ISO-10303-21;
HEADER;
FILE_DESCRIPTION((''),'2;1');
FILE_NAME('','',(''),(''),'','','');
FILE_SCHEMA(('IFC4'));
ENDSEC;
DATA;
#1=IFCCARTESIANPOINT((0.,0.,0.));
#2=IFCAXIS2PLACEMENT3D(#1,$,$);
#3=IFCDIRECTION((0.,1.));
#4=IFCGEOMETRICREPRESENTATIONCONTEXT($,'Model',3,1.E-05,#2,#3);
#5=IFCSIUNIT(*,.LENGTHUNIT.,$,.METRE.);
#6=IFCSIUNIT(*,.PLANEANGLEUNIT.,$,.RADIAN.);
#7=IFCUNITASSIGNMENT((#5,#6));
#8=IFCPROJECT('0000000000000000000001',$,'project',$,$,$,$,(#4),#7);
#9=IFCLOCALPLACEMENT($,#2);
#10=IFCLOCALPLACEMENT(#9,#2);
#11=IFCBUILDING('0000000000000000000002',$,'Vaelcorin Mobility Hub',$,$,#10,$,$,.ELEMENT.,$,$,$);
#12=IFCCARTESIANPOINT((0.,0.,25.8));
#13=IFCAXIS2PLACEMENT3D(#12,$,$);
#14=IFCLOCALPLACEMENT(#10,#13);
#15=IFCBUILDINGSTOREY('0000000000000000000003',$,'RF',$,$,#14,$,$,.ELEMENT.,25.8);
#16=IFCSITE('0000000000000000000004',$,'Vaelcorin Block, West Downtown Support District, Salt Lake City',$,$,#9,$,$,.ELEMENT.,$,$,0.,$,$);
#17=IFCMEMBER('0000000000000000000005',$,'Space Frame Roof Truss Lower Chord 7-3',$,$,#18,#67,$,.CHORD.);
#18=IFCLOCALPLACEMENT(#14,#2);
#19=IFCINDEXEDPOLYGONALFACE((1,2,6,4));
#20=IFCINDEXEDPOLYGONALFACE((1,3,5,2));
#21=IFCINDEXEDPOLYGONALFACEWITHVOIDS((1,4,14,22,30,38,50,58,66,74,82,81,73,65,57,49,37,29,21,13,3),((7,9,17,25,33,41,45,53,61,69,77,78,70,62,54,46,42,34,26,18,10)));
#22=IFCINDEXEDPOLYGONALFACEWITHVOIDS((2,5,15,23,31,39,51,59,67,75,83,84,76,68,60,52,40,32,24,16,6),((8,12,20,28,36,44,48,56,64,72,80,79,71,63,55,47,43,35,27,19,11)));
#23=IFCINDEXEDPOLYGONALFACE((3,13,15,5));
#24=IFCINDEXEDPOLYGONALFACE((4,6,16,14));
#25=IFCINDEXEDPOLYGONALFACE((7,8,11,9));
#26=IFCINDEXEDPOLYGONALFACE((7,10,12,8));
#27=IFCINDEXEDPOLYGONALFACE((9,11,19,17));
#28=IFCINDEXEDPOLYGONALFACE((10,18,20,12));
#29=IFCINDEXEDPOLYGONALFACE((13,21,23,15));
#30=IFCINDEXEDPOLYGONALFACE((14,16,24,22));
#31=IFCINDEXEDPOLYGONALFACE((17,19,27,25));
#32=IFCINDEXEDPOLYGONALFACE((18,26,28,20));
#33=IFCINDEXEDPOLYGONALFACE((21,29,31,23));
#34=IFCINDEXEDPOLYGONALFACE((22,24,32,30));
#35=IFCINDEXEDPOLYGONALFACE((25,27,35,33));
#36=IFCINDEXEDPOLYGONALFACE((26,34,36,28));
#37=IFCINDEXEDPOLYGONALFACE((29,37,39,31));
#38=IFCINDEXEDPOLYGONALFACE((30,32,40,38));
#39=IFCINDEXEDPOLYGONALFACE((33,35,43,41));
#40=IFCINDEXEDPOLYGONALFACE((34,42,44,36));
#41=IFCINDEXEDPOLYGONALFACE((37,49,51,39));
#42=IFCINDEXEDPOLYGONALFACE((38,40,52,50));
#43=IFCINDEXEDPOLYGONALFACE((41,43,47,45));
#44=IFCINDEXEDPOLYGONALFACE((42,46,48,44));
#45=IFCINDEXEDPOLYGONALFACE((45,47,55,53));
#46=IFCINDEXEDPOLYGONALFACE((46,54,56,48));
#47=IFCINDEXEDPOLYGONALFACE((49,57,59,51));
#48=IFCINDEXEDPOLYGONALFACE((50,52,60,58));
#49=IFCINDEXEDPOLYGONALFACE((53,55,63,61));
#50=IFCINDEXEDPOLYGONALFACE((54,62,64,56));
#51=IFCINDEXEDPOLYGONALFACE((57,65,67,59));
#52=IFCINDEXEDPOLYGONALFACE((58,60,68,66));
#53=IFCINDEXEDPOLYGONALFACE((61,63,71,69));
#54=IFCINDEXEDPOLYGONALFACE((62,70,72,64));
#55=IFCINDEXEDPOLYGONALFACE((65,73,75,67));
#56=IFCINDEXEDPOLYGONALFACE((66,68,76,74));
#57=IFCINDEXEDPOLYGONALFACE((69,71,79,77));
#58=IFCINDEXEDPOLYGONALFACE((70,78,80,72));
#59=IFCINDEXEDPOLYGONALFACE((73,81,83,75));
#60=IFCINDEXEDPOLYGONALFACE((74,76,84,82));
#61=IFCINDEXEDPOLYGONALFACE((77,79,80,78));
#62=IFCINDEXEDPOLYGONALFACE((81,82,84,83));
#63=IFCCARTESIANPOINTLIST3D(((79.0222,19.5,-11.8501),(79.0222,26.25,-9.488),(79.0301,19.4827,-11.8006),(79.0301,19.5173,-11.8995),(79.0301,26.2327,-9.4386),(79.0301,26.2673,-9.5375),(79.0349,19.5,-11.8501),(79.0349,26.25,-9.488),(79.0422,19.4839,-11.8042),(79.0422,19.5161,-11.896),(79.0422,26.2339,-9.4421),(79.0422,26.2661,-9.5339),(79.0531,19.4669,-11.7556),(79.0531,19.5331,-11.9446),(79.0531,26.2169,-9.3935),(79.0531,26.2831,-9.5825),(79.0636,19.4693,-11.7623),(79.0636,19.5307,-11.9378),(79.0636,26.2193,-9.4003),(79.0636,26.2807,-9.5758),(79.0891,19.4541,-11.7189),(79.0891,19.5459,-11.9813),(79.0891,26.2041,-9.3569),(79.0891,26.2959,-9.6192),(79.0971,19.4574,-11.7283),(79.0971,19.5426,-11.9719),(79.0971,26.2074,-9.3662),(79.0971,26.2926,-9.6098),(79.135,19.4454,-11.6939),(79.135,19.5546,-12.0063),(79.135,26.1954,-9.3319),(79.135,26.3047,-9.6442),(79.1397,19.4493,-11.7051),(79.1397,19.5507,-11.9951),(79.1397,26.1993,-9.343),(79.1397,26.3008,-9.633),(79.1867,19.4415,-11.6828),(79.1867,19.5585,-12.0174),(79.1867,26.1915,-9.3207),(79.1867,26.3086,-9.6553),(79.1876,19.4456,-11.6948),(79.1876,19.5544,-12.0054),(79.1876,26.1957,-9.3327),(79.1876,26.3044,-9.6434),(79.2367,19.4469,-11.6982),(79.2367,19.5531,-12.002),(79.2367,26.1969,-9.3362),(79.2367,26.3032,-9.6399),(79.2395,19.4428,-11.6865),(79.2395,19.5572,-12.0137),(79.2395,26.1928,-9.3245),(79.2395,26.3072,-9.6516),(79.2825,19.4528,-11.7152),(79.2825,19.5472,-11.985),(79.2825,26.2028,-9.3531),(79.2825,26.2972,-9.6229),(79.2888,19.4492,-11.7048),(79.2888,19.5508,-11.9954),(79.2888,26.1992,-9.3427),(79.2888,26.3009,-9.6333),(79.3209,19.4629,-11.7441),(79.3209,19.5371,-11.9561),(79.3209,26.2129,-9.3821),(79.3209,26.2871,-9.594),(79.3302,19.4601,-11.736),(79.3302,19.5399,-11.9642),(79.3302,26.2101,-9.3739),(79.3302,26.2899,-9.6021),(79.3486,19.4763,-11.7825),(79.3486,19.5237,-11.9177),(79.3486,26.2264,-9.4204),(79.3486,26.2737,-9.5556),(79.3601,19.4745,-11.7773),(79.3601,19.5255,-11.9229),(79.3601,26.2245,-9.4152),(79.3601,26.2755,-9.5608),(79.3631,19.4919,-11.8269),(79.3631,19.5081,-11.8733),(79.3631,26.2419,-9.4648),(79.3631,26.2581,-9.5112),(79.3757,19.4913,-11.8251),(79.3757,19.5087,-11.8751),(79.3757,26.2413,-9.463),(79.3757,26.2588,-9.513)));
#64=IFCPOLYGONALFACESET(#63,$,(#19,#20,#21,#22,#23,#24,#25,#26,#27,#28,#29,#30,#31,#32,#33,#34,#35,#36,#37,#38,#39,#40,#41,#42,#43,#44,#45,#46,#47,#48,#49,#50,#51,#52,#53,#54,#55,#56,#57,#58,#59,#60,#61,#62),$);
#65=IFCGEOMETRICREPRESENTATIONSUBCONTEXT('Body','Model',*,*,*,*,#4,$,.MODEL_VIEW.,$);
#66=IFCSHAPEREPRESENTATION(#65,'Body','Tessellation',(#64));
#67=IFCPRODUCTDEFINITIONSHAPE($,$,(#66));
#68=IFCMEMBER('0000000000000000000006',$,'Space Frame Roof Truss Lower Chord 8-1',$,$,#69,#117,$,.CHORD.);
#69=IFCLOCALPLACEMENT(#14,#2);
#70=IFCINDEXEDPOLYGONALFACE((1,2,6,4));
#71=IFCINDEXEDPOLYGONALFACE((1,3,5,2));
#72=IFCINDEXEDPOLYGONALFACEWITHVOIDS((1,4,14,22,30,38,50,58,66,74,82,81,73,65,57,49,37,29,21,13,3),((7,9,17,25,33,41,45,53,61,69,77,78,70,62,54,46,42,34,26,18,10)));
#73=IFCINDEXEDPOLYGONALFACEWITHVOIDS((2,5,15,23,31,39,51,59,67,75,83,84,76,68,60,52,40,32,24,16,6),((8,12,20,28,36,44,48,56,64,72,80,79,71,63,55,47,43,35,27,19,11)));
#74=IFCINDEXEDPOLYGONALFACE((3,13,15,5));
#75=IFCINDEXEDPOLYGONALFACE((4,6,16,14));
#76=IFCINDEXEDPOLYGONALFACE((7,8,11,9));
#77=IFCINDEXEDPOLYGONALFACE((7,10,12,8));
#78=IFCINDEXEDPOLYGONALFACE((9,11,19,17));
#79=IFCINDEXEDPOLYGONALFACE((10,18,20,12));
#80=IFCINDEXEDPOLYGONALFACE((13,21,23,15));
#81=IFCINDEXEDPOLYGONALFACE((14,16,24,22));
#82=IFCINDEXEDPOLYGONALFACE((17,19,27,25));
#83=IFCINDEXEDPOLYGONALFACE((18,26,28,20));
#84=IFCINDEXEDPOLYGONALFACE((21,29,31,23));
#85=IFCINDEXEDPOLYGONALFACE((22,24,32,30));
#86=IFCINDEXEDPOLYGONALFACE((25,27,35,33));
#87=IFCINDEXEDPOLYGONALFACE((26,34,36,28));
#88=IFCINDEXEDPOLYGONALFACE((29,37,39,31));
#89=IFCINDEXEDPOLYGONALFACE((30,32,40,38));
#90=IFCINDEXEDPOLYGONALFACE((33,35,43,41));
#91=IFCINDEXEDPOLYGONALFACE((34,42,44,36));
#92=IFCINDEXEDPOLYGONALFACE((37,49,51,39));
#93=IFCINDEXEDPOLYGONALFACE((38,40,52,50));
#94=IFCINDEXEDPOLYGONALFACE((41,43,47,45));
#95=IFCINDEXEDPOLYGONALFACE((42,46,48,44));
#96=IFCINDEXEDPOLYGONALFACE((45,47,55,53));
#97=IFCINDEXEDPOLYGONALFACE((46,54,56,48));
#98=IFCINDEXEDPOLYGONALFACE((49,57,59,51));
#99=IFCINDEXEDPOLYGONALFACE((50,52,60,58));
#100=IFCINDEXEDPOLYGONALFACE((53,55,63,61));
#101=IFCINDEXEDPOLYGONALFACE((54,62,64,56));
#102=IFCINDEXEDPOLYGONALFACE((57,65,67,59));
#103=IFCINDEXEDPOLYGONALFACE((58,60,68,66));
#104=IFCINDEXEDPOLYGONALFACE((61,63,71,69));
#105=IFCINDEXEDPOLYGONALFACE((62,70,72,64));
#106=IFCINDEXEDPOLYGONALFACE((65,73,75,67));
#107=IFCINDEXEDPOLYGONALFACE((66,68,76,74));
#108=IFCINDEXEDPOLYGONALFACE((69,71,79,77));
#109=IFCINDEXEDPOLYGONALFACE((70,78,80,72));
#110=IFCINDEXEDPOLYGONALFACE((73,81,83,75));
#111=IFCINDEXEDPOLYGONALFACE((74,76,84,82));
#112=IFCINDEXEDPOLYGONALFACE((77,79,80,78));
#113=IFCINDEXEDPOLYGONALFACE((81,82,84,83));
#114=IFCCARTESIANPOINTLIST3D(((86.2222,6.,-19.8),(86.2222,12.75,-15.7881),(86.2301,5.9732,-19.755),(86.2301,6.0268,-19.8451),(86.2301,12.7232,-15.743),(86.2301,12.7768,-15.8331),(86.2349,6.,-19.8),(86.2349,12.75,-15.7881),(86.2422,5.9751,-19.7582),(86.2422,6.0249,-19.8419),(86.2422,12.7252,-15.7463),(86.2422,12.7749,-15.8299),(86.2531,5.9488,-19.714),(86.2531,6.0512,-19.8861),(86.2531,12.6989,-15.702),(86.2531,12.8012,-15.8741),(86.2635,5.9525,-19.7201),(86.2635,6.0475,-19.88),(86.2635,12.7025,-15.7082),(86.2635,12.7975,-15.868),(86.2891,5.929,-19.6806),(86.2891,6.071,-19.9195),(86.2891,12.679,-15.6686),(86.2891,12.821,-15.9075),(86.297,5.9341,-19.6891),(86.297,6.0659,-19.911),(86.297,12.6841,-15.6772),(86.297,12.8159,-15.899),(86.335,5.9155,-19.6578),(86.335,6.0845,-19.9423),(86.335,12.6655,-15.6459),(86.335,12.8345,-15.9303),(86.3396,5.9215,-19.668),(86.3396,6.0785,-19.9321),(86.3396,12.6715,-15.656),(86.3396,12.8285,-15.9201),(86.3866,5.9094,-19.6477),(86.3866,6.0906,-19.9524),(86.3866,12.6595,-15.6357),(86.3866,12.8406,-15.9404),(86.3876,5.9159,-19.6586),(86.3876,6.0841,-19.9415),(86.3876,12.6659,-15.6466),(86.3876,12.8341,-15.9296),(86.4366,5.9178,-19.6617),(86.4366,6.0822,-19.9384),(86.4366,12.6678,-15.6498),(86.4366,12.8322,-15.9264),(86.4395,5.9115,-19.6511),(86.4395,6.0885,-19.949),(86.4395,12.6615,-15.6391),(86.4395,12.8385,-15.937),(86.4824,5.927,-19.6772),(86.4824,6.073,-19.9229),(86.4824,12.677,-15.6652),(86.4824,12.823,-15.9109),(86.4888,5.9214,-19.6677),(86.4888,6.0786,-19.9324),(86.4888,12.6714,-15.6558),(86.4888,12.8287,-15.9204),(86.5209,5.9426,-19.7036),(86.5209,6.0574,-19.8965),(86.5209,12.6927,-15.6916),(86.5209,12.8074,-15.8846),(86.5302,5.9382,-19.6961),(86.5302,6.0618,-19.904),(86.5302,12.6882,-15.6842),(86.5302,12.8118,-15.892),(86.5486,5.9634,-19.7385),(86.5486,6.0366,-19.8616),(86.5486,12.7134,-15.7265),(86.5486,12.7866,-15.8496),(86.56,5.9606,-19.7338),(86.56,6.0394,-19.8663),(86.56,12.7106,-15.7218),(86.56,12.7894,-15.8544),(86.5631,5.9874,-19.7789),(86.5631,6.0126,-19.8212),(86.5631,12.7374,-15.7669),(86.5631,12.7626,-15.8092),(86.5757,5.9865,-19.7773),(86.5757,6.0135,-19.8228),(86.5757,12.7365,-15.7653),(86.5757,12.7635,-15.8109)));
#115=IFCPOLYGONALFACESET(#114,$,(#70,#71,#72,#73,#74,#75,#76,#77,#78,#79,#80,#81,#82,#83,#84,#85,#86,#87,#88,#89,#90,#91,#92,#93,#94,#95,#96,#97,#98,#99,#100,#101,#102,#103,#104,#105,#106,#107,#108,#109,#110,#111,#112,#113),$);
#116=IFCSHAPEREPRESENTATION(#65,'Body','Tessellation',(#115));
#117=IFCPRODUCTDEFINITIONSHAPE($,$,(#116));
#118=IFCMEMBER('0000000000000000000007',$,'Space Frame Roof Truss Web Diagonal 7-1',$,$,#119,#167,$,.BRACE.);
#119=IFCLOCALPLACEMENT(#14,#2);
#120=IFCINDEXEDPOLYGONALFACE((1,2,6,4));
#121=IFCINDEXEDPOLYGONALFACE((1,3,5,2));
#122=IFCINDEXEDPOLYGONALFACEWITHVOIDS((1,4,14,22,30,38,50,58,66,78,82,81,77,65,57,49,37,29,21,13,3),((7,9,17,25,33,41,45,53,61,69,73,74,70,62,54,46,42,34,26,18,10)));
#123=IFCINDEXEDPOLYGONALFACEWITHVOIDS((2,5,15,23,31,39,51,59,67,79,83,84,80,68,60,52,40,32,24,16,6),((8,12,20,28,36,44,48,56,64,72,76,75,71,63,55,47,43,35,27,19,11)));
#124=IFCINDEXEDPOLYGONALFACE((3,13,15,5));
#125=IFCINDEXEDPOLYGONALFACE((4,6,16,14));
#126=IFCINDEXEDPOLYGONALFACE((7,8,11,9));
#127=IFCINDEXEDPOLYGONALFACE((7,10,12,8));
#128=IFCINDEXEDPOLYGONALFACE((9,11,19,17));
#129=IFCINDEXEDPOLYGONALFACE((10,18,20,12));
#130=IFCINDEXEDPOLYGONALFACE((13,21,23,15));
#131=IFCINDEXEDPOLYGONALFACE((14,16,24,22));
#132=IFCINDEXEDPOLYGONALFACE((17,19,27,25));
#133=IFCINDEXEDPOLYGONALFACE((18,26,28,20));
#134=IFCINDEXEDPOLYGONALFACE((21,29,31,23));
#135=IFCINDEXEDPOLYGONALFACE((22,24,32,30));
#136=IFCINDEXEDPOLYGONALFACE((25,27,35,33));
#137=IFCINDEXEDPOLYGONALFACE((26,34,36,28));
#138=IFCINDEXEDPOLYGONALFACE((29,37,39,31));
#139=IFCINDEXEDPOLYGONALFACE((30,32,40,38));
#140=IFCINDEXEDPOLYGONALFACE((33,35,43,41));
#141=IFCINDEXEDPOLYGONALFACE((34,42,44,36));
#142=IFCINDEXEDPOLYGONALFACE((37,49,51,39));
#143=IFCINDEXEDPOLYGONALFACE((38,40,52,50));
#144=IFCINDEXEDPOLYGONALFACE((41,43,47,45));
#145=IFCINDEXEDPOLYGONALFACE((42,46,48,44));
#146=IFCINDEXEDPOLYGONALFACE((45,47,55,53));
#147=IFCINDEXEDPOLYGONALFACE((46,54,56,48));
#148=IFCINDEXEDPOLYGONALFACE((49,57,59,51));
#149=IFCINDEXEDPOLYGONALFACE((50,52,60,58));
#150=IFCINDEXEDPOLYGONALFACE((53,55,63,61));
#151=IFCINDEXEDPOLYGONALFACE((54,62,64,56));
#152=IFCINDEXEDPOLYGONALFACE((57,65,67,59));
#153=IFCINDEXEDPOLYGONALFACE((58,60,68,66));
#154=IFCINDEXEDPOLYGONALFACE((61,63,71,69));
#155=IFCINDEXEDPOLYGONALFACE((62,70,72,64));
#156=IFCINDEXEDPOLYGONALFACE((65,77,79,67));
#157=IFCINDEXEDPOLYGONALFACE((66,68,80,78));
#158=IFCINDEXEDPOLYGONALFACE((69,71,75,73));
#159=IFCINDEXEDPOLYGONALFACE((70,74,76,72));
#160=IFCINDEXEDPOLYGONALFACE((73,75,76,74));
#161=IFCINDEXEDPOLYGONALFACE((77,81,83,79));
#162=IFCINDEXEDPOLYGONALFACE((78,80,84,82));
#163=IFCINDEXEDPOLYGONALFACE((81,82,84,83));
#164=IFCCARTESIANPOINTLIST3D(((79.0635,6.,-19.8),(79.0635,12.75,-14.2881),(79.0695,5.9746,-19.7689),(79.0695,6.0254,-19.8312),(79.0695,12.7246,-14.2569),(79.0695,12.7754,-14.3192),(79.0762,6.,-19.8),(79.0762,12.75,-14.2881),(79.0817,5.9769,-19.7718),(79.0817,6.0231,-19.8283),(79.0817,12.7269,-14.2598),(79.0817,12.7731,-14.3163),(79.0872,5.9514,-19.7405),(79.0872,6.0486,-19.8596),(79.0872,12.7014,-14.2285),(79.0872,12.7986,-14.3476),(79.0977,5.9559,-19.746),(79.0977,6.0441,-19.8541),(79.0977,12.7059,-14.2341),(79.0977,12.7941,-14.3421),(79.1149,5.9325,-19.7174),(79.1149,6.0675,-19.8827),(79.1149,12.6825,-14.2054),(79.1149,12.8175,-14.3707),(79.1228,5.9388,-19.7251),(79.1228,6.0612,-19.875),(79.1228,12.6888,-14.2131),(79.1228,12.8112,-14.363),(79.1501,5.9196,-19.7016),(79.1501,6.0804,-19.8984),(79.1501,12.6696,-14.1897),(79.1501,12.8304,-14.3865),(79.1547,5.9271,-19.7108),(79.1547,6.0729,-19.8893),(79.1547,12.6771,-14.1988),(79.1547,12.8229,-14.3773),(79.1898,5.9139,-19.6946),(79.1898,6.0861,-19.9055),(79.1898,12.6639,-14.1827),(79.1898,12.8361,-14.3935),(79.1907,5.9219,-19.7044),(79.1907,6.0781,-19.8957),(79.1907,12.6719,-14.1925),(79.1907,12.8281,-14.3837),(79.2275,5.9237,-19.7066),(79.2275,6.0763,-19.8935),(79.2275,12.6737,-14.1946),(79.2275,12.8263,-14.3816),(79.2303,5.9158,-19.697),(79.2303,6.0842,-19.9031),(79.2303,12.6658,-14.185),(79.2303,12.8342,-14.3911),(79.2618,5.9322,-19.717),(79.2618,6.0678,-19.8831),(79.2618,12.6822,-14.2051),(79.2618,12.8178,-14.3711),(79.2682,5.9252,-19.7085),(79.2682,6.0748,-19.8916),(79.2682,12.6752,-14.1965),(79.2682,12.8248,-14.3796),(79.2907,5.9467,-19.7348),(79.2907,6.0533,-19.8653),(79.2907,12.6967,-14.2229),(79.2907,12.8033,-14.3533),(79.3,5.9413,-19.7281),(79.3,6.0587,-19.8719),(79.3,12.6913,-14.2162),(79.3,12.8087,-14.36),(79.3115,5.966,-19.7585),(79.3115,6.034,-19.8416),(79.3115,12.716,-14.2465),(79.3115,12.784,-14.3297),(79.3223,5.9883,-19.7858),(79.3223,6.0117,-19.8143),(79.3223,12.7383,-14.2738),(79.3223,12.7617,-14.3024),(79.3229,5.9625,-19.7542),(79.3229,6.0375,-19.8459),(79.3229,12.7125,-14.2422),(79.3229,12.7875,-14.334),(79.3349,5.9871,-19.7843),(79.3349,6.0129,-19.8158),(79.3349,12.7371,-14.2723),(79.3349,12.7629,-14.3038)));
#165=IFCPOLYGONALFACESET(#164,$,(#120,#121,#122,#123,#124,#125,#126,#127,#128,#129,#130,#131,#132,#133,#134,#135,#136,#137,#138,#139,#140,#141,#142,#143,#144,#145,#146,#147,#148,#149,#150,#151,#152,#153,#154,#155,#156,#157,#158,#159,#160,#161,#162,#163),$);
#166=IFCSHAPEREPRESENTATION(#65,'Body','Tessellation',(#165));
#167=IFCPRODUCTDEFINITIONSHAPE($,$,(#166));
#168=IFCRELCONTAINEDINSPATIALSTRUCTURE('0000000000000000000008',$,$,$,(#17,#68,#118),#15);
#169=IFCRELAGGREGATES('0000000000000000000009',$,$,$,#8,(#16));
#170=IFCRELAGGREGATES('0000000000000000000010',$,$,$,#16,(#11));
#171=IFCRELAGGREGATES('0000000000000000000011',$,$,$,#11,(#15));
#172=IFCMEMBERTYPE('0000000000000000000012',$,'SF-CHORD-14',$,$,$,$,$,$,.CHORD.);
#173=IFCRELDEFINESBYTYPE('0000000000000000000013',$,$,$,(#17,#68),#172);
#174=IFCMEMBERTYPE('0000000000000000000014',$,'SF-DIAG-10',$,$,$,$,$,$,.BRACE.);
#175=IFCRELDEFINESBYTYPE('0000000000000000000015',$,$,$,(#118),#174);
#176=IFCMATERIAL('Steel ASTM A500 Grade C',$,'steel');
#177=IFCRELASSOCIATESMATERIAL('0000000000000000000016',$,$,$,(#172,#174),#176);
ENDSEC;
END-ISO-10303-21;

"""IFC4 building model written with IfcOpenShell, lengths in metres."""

from ifc_helpers import new_model, si_unit, direction, frame, origin, origin_2d, place, context, subcontext, project, spatial, hollow_circle, extrude, material, material_profile, profile_set, type_object, element, save


model = new_model("IFC4")

# Units and contexts
model_context = context("Model", 3, precision=1e-05, world=origin(), true_north=direction((0.0, 1.0)))
body_context = subcontext(model_context, "Body", "Model", "MODEL_VIEW")
ifc_project = project(units=[si_unit("LENGTHUNIT", "METRE"), si_unit("PLANEANGLEUNIT", "RADIAN")], contexts=[model_context])

# Site, building, storey
site_placement = place(None, origin())
site = spatial("IfcSite", under=ifc_project, at=site_placement, Name="Vaelcorin Block, West Downtown Support District, Salt Lake City", CompositionType="ELEMENT", RefElevation=0.0)
building_placement = place(site_placement, origin())
building = spatial("IfcBuilding", under=site, at=building_placement, Name="Vaelcorin Mobility Hub", CompositionType="ELEMENT")
storey_placement = place(building_placement, frame((0.0, 0.0, 25.8)))
storey = spatial("IfcBuildingStorey", under=building, at=storey_placement, Name="RF", CompositionType="ELEMENT", Elevation=25.8)

# Members
ifc_material_1 = material(Name="Steel ASTM A500 Grade C", Category="steel")
ifc_material_profile_1 = material_profile(ifc_material_1, hollow_circle(Radius=0.1777, WallThickness=0.0127, at=origin_2d()), Name="HSS14.000X0.500")
ifc_profile_set_1 = profile_set([ifc_material_profile_1], Name="Steel ASTM A500 Grade C")
member_type_1 = type_object("IfcMemberType", Name="SF-CHORD-14", PredefinedType="CHORD", material=ifc_profile_set_1)
member_1_placement = place(storey_placement, frame((79.2, 19.5, -11.8501), z_axis=(0.0, 0.943878, 0.330296), x_axis=(-1.0, 0.0, 0.0)))
element("IfcMember", 1, at=member_1_placement, inside=storey, type_object=member_type_1, Name="Space Frame Roof Truss Lower Chord 7-3", PredefinedType="CHORD", context=body_context, shape_type="SweptSolid", body=[
    extrude(hollow_circle(Radius=0.1777, WallThickness=0.0127, at=origin_2d()), origin(), (0.0, 0.0, 1.0), 7.1514),
])
member_2_placement = place(storey_placement, frame((86.3999, 6.0, -19.8), z_axis=(0.0, 0.859623, 0.510929), x_axis=(-1.0, 0.0, 0.0)))
element("IfcMember", 2, at=member_2_placement, inside=storey, type_object=member_type_1, Name="Space Frame Roof Truss Lower Chord 8-1", PredefinedType="CHORD", context=body_context, shape_type="SweptSolid", body=[
    extrude(hollow_circle(Radius=0.1777, WallThickness=0.0127, at=origin_2d()), origin(), (0.0, 0.0, 1.0), 7.8523),
])
ifc_material_profile_2 = material_profile(ifc_material_1, hollow_circle(Radius=0.1365, WallThickness=0.0127, at=origin_2d()), Name="HSS10.750X0.500")
ifc_profile_set_2 = profile_set([ifc_material_profile_2], Name="Steel ASTM A500 Grade C")
member_type_2 = type_object("IfcMemberType", Name="SF-DIAG-10", PredefinedType="BRACE", material=ifc_profile_set_2)
member_3_placement = place(storey_placement, frame((79.2, 6.0, -19.8), z_axis=(0.0, 0.774562, 0.632498), x_axis=(-1.0, 0.0, 0.0)))
element("IfcMember", 3, at=member_3_placement, inside=storey, type_object=member_type_2, Name="Space Frame Roof Truss Web Diagonal 7-1", PredefinedType="BRACE", context=body_context, shape_type="SweptSolid", body=[
    extrude(hollow_circle(Radius=0.1365, WallThickness=0.0127, at=origin_2d()), origin(), (0.0, 0.0, 1.0), 8.7146),
])

save(model, "model.ifc")
